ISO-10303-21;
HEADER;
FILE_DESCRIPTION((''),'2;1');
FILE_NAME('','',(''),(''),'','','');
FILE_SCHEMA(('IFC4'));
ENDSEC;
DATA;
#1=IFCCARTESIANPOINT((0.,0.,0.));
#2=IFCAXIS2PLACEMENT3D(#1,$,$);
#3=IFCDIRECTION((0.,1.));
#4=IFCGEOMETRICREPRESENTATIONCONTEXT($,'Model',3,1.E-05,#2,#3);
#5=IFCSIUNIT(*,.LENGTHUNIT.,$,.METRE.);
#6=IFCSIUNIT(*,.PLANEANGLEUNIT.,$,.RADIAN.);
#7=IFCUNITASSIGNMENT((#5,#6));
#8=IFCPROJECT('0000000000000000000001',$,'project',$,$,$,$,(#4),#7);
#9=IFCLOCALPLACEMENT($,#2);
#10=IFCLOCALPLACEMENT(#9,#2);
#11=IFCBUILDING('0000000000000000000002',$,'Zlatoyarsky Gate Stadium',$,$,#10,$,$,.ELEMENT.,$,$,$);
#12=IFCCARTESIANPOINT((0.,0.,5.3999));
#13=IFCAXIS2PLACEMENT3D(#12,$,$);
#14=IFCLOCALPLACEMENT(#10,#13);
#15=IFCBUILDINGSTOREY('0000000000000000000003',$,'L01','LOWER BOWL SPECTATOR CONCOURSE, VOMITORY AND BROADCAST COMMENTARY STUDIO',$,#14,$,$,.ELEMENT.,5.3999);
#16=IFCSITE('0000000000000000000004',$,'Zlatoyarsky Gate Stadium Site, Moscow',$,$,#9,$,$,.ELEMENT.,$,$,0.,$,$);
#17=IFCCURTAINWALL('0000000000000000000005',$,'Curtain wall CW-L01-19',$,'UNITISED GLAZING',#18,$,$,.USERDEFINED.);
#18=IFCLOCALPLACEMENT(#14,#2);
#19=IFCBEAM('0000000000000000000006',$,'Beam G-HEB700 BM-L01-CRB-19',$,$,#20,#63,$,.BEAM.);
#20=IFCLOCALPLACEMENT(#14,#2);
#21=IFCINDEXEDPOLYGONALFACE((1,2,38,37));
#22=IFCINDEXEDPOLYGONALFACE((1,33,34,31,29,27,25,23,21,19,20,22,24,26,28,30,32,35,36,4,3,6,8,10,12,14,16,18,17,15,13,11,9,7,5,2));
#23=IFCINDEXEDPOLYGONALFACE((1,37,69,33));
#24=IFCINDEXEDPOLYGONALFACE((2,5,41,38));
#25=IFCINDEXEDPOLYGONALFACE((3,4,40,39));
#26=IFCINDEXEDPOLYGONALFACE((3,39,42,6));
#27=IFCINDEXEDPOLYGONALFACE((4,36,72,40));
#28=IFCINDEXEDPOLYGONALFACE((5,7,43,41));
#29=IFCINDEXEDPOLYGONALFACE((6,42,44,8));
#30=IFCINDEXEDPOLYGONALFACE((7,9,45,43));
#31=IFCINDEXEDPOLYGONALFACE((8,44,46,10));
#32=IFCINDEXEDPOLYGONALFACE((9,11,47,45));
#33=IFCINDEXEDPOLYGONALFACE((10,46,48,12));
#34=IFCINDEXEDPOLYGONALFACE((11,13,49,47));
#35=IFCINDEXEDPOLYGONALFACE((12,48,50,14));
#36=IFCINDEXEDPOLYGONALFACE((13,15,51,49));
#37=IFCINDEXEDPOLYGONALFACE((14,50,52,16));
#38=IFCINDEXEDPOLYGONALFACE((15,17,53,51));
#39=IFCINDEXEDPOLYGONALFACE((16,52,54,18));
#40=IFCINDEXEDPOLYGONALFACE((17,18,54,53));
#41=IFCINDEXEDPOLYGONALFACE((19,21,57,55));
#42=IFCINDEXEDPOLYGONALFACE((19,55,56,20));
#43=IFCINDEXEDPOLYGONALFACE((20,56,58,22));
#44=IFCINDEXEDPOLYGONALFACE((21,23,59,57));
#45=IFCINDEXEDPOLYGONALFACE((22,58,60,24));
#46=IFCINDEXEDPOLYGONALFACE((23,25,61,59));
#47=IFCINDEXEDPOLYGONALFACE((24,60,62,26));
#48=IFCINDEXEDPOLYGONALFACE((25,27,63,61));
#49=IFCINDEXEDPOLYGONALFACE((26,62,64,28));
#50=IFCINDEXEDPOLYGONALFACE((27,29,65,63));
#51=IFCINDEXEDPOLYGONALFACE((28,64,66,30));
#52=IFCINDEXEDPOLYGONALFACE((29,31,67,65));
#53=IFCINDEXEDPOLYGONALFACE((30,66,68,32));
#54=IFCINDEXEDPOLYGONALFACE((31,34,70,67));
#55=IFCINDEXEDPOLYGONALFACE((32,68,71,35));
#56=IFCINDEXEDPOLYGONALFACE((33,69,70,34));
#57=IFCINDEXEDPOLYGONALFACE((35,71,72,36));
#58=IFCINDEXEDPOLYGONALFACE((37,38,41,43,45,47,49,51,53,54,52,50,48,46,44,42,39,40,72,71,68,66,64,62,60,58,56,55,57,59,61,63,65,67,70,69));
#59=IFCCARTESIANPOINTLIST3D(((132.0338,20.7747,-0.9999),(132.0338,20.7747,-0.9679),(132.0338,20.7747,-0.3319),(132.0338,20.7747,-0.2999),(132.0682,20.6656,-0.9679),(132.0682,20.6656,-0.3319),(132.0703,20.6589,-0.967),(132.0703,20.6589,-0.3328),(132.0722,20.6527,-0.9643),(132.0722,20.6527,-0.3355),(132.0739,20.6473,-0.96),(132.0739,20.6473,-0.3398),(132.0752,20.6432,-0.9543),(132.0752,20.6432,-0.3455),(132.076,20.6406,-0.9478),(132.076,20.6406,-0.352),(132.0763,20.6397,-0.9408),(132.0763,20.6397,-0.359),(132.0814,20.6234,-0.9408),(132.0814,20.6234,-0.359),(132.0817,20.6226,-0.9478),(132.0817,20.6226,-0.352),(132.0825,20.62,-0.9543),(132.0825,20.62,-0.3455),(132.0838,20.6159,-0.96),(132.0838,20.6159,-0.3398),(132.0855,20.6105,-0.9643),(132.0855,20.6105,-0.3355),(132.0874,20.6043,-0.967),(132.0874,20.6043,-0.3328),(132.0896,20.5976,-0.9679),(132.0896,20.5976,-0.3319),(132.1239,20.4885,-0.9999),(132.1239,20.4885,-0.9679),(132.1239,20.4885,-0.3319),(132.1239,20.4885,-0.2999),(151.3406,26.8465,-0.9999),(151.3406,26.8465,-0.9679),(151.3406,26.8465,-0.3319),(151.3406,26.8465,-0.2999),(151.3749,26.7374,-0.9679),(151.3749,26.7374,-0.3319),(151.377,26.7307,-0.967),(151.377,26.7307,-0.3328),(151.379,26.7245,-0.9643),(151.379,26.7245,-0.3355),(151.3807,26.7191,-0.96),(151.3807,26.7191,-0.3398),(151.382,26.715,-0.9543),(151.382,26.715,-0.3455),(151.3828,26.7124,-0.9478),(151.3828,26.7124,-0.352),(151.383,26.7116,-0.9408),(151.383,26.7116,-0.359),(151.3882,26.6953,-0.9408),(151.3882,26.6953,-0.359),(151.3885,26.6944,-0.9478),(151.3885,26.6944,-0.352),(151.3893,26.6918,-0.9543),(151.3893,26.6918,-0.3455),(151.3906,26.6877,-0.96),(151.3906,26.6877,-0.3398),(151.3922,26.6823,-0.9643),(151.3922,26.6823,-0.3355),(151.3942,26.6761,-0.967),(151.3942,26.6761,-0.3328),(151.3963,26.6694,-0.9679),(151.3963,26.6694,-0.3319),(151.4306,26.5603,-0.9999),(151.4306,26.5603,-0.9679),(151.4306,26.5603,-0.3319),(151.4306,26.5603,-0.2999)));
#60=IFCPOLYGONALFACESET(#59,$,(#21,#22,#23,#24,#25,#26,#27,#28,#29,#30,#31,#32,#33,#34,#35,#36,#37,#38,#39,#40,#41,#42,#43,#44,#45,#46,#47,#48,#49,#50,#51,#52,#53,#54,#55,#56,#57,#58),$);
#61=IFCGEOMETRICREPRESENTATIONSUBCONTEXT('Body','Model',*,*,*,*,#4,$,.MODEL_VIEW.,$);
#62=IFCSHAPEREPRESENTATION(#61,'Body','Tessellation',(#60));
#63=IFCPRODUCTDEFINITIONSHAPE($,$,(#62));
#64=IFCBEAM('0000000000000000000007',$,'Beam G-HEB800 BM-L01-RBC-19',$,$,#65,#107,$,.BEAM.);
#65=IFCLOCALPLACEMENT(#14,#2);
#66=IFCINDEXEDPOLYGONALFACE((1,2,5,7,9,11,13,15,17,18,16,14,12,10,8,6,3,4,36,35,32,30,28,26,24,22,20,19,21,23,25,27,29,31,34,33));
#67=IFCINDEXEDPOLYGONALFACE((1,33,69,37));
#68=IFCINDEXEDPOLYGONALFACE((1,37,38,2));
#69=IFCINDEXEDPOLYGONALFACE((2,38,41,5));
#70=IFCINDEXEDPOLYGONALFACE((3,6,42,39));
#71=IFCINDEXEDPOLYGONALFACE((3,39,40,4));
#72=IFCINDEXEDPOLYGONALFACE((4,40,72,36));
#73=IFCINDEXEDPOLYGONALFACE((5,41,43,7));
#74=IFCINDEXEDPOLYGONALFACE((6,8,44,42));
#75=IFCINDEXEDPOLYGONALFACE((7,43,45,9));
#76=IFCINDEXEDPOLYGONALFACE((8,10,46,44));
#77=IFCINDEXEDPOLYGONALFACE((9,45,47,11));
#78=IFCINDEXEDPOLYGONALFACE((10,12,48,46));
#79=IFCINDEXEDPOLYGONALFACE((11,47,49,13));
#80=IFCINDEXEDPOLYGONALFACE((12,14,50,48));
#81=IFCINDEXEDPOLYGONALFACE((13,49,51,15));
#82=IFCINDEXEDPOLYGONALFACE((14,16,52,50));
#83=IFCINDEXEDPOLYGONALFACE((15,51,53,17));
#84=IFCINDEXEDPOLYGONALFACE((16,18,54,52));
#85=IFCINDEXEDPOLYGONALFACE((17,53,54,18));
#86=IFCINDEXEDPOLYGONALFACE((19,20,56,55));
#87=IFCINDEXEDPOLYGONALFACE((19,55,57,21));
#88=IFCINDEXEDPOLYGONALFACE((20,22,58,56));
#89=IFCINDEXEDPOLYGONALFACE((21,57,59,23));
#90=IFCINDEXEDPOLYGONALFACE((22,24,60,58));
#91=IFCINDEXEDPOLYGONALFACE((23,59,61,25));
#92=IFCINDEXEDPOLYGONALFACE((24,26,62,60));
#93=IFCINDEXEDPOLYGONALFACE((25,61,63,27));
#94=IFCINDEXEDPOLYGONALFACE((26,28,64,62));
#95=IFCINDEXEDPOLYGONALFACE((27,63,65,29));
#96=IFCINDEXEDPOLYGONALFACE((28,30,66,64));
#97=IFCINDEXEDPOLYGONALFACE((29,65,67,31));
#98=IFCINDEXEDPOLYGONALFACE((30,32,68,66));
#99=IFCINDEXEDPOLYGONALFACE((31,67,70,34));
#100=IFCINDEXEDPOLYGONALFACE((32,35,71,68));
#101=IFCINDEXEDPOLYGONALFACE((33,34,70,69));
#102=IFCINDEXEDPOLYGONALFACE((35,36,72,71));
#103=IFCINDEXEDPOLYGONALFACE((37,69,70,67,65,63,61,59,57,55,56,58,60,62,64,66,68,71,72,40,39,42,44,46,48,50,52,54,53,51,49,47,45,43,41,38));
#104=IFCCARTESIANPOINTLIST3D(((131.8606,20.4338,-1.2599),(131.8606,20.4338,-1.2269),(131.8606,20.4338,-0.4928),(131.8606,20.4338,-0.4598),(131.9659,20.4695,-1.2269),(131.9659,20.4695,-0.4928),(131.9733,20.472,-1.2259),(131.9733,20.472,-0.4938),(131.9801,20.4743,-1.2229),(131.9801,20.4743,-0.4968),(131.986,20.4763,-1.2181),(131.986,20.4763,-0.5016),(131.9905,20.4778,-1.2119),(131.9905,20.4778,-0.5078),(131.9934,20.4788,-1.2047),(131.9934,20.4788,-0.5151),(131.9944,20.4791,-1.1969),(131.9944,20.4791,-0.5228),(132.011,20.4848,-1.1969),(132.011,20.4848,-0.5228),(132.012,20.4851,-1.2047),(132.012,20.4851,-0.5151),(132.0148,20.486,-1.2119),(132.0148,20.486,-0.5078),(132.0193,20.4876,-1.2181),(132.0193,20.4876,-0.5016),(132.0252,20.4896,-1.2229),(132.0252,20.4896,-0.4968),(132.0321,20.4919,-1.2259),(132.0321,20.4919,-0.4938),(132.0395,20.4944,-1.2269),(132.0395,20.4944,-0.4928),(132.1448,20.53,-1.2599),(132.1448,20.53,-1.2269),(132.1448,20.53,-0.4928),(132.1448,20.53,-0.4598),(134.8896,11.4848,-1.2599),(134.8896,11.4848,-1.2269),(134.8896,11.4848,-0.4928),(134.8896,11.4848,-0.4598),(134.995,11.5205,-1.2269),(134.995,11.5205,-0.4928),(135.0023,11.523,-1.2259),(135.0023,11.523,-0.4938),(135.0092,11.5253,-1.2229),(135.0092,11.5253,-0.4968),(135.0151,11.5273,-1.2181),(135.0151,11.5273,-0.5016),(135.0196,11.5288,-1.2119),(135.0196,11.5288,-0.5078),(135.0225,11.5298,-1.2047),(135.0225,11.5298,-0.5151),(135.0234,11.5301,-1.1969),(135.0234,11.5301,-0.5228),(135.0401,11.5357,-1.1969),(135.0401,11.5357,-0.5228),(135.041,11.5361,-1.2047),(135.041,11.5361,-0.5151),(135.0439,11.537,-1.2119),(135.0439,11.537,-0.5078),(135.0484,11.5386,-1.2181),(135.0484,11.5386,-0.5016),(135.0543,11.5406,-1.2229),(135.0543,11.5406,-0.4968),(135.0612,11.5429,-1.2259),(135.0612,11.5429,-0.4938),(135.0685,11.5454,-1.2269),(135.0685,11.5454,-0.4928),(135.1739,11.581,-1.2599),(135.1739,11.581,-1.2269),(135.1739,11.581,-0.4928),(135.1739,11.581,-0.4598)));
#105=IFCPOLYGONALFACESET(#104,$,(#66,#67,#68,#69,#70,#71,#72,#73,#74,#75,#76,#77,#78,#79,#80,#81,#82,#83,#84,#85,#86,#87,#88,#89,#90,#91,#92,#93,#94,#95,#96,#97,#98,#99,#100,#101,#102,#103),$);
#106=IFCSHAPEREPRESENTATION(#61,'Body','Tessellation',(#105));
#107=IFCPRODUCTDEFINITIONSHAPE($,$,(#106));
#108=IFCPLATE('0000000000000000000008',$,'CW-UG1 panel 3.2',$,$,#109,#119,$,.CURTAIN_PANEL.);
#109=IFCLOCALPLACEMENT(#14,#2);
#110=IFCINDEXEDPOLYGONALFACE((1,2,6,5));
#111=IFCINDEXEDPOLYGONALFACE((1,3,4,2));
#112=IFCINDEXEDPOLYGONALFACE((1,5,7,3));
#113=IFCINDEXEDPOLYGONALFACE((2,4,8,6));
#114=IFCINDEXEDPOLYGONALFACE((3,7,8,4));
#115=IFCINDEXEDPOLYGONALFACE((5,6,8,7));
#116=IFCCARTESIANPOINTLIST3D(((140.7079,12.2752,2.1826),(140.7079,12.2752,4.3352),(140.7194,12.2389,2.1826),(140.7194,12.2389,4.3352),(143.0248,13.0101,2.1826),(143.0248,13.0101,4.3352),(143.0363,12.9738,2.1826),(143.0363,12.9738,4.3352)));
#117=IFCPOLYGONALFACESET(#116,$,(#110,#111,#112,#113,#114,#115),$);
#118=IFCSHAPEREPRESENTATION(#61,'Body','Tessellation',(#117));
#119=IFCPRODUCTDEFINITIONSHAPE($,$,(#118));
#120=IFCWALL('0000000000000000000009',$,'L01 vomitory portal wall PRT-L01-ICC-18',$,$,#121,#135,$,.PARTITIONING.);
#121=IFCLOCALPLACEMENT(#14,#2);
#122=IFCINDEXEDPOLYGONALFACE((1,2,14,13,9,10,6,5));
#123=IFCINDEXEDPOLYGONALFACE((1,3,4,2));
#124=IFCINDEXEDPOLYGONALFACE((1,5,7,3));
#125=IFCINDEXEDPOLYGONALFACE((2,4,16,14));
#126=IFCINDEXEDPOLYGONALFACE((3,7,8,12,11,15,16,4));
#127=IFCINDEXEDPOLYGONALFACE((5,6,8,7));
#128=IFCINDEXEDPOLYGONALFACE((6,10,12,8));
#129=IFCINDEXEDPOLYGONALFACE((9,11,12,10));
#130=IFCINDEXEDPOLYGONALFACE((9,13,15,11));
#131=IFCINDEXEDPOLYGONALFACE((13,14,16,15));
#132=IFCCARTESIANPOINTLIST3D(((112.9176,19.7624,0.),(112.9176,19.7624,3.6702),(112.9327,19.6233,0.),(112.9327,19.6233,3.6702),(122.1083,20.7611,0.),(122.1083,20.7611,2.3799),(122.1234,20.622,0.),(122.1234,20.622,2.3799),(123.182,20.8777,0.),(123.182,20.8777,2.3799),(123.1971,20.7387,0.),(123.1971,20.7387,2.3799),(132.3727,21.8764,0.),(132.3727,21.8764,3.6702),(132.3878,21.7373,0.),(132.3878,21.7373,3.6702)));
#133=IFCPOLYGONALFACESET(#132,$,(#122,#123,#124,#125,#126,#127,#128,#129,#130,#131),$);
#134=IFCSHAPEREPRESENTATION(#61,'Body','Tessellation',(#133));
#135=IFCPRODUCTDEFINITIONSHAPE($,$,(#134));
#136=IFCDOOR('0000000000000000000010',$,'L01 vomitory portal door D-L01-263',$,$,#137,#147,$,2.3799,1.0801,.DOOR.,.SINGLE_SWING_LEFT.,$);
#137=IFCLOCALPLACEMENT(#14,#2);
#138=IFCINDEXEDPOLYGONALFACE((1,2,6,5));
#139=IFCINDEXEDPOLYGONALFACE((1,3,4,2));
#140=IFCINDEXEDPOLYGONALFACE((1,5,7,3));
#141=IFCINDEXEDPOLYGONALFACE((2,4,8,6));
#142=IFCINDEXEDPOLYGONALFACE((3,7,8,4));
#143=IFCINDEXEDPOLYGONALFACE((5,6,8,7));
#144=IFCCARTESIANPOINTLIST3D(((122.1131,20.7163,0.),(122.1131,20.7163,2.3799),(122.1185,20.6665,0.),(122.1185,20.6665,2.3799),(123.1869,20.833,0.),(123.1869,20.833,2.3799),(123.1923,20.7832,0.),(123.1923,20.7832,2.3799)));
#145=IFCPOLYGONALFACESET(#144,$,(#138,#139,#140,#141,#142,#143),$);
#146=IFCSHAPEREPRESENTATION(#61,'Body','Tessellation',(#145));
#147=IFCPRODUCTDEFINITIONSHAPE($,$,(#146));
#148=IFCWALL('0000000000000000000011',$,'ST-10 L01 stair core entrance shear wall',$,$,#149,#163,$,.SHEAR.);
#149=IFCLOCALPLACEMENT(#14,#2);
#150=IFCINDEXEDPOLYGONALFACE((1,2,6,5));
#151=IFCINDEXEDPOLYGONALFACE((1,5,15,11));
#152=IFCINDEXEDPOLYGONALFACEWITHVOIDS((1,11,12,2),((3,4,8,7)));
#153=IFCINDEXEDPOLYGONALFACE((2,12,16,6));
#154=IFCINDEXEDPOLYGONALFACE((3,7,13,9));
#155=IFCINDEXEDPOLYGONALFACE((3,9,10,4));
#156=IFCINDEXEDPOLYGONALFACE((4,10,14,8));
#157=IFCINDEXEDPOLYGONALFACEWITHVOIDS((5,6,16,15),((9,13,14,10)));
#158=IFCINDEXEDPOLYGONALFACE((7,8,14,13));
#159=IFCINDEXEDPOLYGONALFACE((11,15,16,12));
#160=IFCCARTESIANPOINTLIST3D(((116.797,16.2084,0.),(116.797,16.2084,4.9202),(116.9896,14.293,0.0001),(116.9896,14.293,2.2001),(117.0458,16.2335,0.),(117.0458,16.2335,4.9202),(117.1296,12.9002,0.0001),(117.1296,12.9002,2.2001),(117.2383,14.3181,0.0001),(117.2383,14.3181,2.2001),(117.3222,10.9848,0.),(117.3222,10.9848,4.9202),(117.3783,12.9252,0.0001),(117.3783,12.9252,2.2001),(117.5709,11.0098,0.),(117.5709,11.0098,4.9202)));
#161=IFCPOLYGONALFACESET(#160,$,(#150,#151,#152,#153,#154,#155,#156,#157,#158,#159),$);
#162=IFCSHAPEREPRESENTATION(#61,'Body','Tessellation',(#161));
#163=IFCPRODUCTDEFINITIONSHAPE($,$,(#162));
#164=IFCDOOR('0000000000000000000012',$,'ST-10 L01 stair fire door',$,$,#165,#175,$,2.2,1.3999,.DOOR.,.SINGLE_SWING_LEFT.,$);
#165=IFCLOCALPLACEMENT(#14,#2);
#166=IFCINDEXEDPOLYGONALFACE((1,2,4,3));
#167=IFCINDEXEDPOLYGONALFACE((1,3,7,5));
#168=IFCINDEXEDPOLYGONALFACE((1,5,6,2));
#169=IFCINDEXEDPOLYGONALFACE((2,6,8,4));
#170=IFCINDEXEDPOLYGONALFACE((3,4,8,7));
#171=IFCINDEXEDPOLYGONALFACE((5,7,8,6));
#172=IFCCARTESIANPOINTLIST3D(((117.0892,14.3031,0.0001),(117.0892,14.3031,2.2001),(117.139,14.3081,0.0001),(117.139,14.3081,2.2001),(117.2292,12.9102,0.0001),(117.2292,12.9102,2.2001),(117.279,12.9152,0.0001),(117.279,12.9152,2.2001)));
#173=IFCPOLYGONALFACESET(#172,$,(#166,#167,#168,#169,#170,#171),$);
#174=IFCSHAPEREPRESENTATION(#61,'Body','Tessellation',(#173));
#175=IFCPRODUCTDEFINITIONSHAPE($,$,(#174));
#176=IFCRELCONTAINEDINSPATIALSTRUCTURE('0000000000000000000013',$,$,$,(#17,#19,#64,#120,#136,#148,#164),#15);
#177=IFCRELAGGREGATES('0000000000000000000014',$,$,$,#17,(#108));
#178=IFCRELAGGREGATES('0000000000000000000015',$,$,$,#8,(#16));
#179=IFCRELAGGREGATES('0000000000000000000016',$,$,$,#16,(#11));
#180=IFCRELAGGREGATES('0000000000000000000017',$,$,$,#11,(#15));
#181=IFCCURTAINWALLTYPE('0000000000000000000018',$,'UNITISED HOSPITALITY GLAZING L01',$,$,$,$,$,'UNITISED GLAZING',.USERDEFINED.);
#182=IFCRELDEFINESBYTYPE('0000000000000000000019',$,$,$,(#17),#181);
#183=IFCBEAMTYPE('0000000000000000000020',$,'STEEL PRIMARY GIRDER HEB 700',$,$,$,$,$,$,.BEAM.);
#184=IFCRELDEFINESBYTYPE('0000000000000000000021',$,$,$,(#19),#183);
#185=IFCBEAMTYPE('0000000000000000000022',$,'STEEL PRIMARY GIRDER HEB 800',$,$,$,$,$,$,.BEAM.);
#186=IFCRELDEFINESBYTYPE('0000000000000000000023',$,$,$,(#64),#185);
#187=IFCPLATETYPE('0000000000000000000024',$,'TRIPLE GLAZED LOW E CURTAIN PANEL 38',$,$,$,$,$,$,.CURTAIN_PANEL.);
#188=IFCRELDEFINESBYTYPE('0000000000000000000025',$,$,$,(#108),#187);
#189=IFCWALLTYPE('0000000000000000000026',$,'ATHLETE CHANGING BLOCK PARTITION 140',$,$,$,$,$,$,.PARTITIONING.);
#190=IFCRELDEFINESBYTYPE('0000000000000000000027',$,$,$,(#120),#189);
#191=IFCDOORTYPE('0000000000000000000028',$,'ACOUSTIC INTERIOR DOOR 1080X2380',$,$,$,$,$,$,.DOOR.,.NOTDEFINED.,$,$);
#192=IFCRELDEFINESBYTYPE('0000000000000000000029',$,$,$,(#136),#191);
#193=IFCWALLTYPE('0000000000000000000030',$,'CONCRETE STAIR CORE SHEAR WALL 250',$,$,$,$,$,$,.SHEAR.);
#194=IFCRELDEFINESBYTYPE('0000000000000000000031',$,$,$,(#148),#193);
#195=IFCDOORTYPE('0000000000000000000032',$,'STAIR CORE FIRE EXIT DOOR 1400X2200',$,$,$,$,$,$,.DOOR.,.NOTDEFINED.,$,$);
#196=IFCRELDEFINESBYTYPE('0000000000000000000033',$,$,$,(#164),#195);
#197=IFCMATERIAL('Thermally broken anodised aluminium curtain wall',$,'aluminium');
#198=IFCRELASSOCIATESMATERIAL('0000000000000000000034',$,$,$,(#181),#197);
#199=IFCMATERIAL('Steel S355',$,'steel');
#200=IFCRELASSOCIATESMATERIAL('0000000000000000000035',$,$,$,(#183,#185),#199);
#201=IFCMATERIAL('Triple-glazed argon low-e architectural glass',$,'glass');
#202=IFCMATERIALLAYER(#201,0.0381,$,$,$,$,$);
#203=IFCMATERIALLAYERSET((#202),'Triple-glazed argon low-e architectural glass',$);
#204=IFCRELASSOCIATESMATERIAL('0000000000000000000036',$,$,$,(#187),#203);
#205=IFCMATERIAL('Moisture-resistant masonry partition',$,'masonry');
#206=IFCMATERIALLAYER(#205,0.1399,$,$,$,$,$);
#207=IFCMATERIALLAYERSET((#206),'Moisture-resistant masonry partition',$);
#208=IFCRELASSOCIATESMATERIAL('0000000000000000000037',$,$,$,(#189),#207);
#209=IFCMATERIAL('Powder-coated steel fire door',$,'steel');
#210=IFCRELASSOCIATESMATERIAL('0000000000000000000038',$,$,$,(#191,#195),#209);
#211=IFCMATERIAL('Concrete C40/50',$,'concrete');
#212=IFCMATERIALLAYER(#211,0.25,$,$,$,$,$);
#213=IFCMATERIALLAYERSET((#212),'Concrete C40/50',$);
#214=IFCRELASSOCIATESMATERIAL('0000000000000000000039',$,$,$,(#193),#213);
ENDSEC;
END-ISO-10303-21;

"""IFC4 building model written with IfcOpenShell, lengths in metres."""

from ifc_helpers import new_model, si_unit, direction, frame, frame_2d, origin, origin_2d, place, context, subcontext, project, spatial, rectangle, i_section, extrude, material, layer, layer_set, material_profile, profile_set, type_object, element, fill, aggregate, save


model = new_model("IFC4")

# Units and contexts
model_context = context("Model", 3, precision=1e-05, world=origin(), true_north=direction((0.0, 1.0)))
body_context = subcontext(model_context, "Body", "Model", "MODEL_VIEW")
ifc_project = project(units=[si_unit("LENGTHUNIT", "METRE"), si_unit("PLANEANGLEUNIT", "RADIAN")], contexts=[model_context])

# Site, building, storey
site_placement = place(None, origin())
site = spatial("IfcSite", under=ifc_project, at=site_placement, Name="Zlatoyarsky Gate Stadium Site, Moscow", CompositionType="ELEMENT", RefElevation=0.0)
building_placement = place(site_placement, origin())
building = spatial("IfcBuilding", under=site, at=building_placement, Name="Zlatoyarsky Gate Stadium", CompositionType="ELEMENT")
storey_placement = place(building_placement, frame((0.0, 0.0, 5.3999)))
storey = spatial("IfcBuildingStorey", under=building, at=storey_placement, Name="L01", Description="LOWER BOWL SPECTATOR CONCOURSE, VOMITORY AND BROADCAST COMMENTARY STUDIO", CompositionType="ELEMENT", Elevation=5.3999)

# Shared definitions
ifc_material_1 = material(Name="Concrete C40/50", Category="concrete")

# Curtain wall
ifc_material_2 = material(Name="Thermally broken anodised aluminium curtain wall", Category="aluminium")
curtain_wall_type = type_object("IfcCurtainWallType", Name="UNITISED HOSPITALITY GLAZING L01", ElementType="UNITISED GLAZING", PredefinedType="USERDEFINED", material=ifc_material_2)
curtain_wall_placement = place(storey_placement, origin())
curtain_wall = element("IfcCurtainWall", 1, at=curtain_wall_placement, inside=storey, type_object=curtain_wall_type, Name="Curtain wall CW-L01-19", ObjectType="UNITISED GLAZING", PredefinedType="USERDEFINED")

# Beams
ifc_material_3 = material(Name="Steel S355", Category="steel")
ifc_material_profile_1 = material_profile(ifc_material_3, i_section(OverallWidth=0.3, OverallDepth=0.7, WebThickness=0.0171, FlangeThickness=0.032, FilletRadius=0.0271, at=origin_2d()), Name="HEB 700")
ifc_profile_set_1 = profile_set([ifc_material_profile_1], Name="Steel S355")
beam_type_1 = type_object("IfcBeamType", Name="STEEL PRIMARY GIRDER HEB 700", PredefinedType="BEAM", material=ifc_profile_set_1)
beam_1_placement = place(storey_placement, frame((132.0789, 20.6316, -0.6499), z_axis=(0.953938, 0.300005, 0.0), x_axis=(-0.300005, 0.953938, 0.0)))
element("IfcBeam", 2, at=beam_1_placement, inside=storey, type_object=beam_type_1, Name="Beam G-HEB700 BM-L01-CRB-19", PredefinedType="BEAM", context=body_context, shape_type="SweptSolid", body=[
    extrude(i_section(OverallWidth=0.3, OverallDepth=0.7, WebThickness=0.0171, FlangeThickness=0.032, FilletRadius=0.0271, at=origin_2d()), origin(), (0.0, 0.0, 1.0), 20.239),
])
ifc_material_profile_2 = material_profile(ifc_material_3, i_section(OverallWidth=0.3, OverallDepth=0.8, WebThickness=0.0176, FlangeThickness=0.033, FilletRadius=0.03, at=origin_2d()), Name="HEB 800")
ifc_profile_set_2 = profile_set([ifc_material_profile_2], Name="Steel S355")
beam_type_2 = type_object("IfcBeamType", Name="STEEL PRIMARY GIRDER HEB 800", PredefinedType="BEAM", material=ifc_profile_set_2)
beam_2_placement = place(storey_placement, frame((132.0027, 20.4819, -0.8599), z_axis=(0.320612, -0.947211, 0.0), x_axis=(0.947211, 0.320612, 0.0)))
element("IfcBeam", 3, at=beam_2_placement, inside=storey, type_object=beam_type_2, Name="Beam G-HEB800 BM-L01-RBC-19", PredefinedType="BEAM", context=body_context, shape_type="SweptSolid", body=[
    extrude(i_section(OverallWidth=0.3, OverallDepth=0.8, WebThickness=0.0176, FlangeThickness=0.033, FilletRadius=0.03, at=origin_2d()), origin(), (0.0, 0.0, 1.0), 9.4478),
])

# Plate
ifc_material_4 = material(Name="Triple-glazed argon low-e architectural glass", Category="glass")
ifc_layer_1 = layer(ifc_material_4, 0.0381)
ifc_layer_set_1 = layer_set([ifc_layer_1], Name="Triple-glazed argon low-e architectural glass")
plate_type = type_object("IfcPlateType", Name="TRIPLE GLAZED LOW E CURTAIN PANEL 38", PredefinedType="CURTAIN_PANEL", material=ifc_layer_set_1)
plate_placement = place(storey_placement, frame((141.8721, 12.6245, 2.1826), z_axis=(0.0, 0.0, 1.0), x_axis=(0.953202, 0.302334, 0.0)))
plate = element("IfcPlate", 4, at=plate_placement, type_object=plate_type, Name="CW-UG1 panel 3.2", PredefinedType="CURTAIN_PANEL", context=body_context, shape_type="SweptSolid", body=[
    extrude(rectangle(XDim=2.4307, YDim=0.0381, at=origin_2d()), origin(), (0.0, 0.0, 1.0), 2.1526),
])
aggregate(curtain_wall, [plate])

# Walls, openings, doors
ifc_material_5 = material(Name="Moisture-resistant masonry partition", Category="masonry")
ifc_layer_2 = layer(ifc_material_5, 0.1399)
ifc_layer_set_2 = layer_set([ifc_layer_2], Name="Moisture-resistant masonry partition")
wall_type_1 = type_object("IfcWallType", Name="ATHLETE CHANGING BLOCK PARTITION 140", PredefinedType="PARTITIONING", material=ifc_layer_set_2)
wall_1_placement = place(storey_placement, frame((112.9253, 19.6929, 0.0), z_axis=(0.0, 0.0, 1.0), x_axis=(0.994148, 0.108025, 0.0)))
wall_1 = element("IfcWall", 5, at=wall_1_placement, inside=storey, type_object=wall_type_1, Name="L01 vomitory portal wall PRT-L01-ICC-18", PredefinedType="PARTITIONING", context=body_context, shape_type="SweptSolid", body=[
    extrude(rectangle(XDim=19.5696, YDim=0.1399, at=frame_2d((9.7847, 0.0))), origin(), (0.0, 0.0, 1.0), 3.6702),
])
opening_1_placement = place(wall_1_placement, frame((9.2446, 0.0, 0.0)))
opening_1 = element("IfcOpeningElement", 6, at=opening_1_placement, cuts=wall_1, PredefinedType="OPENING", context=body_context, shape_type="SweptSolid", body=[
    extrude(rectangle(XDim=1.0801, YDim=2.3799, at=frame_2d((0.54, 1.1899))), frame((0.0, 0.0798, 0.0), z_axis=(0.0, -1.0, 0.0), x_axis=(1.0, 0.0, 0.0)), (0.0, 0.0, 1.0), 0.1599),
])
ifc_material_6 = material(Name="Powder-coated steel fire door", Category="steel")
door_type_1 = type_object("IfcDoorType", Name="ACOUSTIC INTERIOR DOOR 1080X2380", OperationType="NOTDEFINED", PredefinedType="DOOR", material=ifc_material_6)
door_1_placement = place(opening_1_placement, origin())
door_1 = element("IfcDoor", 7, at=door_1_placement, inside=storey, type_object=door_type_1, Name="L01 vomitory portal door D-L01-263", OperationType="SINGLE_SWING_LEFT", OverallHeight=2.3799, OverallWidth=1.0801, PredefinedType="DOOR", context=body_context, shape_type="SweptSolid", body=[
    extrude(rectangle(XDim=1.0801, YDim=2.3799, at=frame_2d((0.54, 1.1899))), frame((0.0, 0.0249, 0.0), z_axis=(0.0, -1.0, 0.0), x_axis=(1.0, 0.0, 0.0)), (0.0, 0.0, 1.0), 0.05),
])
fill(opening_1, door_1)
ifc_layer_3 = layer(ifc_material_1, 0.25)
ifc_layer_set_3 = layer_set([ifc_layer_3], Name="Concrete C40/50")
wall_type_2 = type_object("IfcWallType", Name="CONCRETE STAIR CORE SHEAR WALL 250", PredefinedType="SHEAR", material=ifc_layer_set_3)
wall_2_placement = place(storey_placement, frame((116.9214, 16.2209, 0.0), z_axis=(0.0, 0.0, 1.0), x_axis=(0.100029, -0.994985, 0.0)))
wall_2 = element("IfcWall", 8, at=wall_2_placement, inside=storey, type_object=wall_type_2, Name="ST-10 L01 stair core entrance shear wall", PredefinedType="SHEAR", context=body_context, shape_type="SweptSolid", body=[
    extrude(rectangle(XDim=5.25, YDim=0.25, at=frame_2d((2.625, 0.0))), origin(), (0.0, 0.0, 1.0), 4.9202),
])
opening_2_placement = place(wall_2_placement, frame((1.925, 0.0, 0.0)))
opening_2 = element("IfcOpeningElement", 9, at=opening_2_placement, cuts=wall_2, PredefinedType="OPENING", context=body_context, shape_type="SweptSolid", body=[
    extrude(rectangle(XDim=1.3999, YDim=2.2, at=frame_2d((0.7, 1.1001))), frame((0.0, 0.135, 0.0), z_axis=(0.0, -1.0, 0.0), x_axis=(1.0, 0.0, 0.0)), (0.0, 0.0, 1.0), 0.27),
])
door_type_2 = type_object("IfcDoorType", Name="STAIR CORE FIRE EXIT DOOR 1400X2200", OperationType="NOTDEFINED", PredefinedType="DOOR", material=ifc_material_6)
door_2_placement = place(opening_2_placement, frame((1.3999, 0.0, 0.0), z_axis=(0.0, 0.0, 1.0), x_axis=(-1.0, 0.0, 0.0)))
door_2 = element("IfcDoor", 10, at=door_2_placement, inside=storey, type_object=door_type_2, Name="ST-10 L01 stair fire door", OperationType="SINGLE_SWING_LEFT", OverallHeight=2.2, OverallWidth=1.3999, PredefinedType="DOOR", context=body_context, shape_type="SweptSolid", body=[
    extrude(rectangle(XDim=1.3999, YDim=2.2, at=frame_2d((0.7, 1.1001))), frame((0.0, 0.0249, 0.0), z_axis=(0.0, -1.0, 0.0), x_axis=(1.0, 0.0, 0.0)), (0.0, 0.0, 1.0), 0.05),
])
fill(opening_2, door_2)

save(model, "model.ifc")
